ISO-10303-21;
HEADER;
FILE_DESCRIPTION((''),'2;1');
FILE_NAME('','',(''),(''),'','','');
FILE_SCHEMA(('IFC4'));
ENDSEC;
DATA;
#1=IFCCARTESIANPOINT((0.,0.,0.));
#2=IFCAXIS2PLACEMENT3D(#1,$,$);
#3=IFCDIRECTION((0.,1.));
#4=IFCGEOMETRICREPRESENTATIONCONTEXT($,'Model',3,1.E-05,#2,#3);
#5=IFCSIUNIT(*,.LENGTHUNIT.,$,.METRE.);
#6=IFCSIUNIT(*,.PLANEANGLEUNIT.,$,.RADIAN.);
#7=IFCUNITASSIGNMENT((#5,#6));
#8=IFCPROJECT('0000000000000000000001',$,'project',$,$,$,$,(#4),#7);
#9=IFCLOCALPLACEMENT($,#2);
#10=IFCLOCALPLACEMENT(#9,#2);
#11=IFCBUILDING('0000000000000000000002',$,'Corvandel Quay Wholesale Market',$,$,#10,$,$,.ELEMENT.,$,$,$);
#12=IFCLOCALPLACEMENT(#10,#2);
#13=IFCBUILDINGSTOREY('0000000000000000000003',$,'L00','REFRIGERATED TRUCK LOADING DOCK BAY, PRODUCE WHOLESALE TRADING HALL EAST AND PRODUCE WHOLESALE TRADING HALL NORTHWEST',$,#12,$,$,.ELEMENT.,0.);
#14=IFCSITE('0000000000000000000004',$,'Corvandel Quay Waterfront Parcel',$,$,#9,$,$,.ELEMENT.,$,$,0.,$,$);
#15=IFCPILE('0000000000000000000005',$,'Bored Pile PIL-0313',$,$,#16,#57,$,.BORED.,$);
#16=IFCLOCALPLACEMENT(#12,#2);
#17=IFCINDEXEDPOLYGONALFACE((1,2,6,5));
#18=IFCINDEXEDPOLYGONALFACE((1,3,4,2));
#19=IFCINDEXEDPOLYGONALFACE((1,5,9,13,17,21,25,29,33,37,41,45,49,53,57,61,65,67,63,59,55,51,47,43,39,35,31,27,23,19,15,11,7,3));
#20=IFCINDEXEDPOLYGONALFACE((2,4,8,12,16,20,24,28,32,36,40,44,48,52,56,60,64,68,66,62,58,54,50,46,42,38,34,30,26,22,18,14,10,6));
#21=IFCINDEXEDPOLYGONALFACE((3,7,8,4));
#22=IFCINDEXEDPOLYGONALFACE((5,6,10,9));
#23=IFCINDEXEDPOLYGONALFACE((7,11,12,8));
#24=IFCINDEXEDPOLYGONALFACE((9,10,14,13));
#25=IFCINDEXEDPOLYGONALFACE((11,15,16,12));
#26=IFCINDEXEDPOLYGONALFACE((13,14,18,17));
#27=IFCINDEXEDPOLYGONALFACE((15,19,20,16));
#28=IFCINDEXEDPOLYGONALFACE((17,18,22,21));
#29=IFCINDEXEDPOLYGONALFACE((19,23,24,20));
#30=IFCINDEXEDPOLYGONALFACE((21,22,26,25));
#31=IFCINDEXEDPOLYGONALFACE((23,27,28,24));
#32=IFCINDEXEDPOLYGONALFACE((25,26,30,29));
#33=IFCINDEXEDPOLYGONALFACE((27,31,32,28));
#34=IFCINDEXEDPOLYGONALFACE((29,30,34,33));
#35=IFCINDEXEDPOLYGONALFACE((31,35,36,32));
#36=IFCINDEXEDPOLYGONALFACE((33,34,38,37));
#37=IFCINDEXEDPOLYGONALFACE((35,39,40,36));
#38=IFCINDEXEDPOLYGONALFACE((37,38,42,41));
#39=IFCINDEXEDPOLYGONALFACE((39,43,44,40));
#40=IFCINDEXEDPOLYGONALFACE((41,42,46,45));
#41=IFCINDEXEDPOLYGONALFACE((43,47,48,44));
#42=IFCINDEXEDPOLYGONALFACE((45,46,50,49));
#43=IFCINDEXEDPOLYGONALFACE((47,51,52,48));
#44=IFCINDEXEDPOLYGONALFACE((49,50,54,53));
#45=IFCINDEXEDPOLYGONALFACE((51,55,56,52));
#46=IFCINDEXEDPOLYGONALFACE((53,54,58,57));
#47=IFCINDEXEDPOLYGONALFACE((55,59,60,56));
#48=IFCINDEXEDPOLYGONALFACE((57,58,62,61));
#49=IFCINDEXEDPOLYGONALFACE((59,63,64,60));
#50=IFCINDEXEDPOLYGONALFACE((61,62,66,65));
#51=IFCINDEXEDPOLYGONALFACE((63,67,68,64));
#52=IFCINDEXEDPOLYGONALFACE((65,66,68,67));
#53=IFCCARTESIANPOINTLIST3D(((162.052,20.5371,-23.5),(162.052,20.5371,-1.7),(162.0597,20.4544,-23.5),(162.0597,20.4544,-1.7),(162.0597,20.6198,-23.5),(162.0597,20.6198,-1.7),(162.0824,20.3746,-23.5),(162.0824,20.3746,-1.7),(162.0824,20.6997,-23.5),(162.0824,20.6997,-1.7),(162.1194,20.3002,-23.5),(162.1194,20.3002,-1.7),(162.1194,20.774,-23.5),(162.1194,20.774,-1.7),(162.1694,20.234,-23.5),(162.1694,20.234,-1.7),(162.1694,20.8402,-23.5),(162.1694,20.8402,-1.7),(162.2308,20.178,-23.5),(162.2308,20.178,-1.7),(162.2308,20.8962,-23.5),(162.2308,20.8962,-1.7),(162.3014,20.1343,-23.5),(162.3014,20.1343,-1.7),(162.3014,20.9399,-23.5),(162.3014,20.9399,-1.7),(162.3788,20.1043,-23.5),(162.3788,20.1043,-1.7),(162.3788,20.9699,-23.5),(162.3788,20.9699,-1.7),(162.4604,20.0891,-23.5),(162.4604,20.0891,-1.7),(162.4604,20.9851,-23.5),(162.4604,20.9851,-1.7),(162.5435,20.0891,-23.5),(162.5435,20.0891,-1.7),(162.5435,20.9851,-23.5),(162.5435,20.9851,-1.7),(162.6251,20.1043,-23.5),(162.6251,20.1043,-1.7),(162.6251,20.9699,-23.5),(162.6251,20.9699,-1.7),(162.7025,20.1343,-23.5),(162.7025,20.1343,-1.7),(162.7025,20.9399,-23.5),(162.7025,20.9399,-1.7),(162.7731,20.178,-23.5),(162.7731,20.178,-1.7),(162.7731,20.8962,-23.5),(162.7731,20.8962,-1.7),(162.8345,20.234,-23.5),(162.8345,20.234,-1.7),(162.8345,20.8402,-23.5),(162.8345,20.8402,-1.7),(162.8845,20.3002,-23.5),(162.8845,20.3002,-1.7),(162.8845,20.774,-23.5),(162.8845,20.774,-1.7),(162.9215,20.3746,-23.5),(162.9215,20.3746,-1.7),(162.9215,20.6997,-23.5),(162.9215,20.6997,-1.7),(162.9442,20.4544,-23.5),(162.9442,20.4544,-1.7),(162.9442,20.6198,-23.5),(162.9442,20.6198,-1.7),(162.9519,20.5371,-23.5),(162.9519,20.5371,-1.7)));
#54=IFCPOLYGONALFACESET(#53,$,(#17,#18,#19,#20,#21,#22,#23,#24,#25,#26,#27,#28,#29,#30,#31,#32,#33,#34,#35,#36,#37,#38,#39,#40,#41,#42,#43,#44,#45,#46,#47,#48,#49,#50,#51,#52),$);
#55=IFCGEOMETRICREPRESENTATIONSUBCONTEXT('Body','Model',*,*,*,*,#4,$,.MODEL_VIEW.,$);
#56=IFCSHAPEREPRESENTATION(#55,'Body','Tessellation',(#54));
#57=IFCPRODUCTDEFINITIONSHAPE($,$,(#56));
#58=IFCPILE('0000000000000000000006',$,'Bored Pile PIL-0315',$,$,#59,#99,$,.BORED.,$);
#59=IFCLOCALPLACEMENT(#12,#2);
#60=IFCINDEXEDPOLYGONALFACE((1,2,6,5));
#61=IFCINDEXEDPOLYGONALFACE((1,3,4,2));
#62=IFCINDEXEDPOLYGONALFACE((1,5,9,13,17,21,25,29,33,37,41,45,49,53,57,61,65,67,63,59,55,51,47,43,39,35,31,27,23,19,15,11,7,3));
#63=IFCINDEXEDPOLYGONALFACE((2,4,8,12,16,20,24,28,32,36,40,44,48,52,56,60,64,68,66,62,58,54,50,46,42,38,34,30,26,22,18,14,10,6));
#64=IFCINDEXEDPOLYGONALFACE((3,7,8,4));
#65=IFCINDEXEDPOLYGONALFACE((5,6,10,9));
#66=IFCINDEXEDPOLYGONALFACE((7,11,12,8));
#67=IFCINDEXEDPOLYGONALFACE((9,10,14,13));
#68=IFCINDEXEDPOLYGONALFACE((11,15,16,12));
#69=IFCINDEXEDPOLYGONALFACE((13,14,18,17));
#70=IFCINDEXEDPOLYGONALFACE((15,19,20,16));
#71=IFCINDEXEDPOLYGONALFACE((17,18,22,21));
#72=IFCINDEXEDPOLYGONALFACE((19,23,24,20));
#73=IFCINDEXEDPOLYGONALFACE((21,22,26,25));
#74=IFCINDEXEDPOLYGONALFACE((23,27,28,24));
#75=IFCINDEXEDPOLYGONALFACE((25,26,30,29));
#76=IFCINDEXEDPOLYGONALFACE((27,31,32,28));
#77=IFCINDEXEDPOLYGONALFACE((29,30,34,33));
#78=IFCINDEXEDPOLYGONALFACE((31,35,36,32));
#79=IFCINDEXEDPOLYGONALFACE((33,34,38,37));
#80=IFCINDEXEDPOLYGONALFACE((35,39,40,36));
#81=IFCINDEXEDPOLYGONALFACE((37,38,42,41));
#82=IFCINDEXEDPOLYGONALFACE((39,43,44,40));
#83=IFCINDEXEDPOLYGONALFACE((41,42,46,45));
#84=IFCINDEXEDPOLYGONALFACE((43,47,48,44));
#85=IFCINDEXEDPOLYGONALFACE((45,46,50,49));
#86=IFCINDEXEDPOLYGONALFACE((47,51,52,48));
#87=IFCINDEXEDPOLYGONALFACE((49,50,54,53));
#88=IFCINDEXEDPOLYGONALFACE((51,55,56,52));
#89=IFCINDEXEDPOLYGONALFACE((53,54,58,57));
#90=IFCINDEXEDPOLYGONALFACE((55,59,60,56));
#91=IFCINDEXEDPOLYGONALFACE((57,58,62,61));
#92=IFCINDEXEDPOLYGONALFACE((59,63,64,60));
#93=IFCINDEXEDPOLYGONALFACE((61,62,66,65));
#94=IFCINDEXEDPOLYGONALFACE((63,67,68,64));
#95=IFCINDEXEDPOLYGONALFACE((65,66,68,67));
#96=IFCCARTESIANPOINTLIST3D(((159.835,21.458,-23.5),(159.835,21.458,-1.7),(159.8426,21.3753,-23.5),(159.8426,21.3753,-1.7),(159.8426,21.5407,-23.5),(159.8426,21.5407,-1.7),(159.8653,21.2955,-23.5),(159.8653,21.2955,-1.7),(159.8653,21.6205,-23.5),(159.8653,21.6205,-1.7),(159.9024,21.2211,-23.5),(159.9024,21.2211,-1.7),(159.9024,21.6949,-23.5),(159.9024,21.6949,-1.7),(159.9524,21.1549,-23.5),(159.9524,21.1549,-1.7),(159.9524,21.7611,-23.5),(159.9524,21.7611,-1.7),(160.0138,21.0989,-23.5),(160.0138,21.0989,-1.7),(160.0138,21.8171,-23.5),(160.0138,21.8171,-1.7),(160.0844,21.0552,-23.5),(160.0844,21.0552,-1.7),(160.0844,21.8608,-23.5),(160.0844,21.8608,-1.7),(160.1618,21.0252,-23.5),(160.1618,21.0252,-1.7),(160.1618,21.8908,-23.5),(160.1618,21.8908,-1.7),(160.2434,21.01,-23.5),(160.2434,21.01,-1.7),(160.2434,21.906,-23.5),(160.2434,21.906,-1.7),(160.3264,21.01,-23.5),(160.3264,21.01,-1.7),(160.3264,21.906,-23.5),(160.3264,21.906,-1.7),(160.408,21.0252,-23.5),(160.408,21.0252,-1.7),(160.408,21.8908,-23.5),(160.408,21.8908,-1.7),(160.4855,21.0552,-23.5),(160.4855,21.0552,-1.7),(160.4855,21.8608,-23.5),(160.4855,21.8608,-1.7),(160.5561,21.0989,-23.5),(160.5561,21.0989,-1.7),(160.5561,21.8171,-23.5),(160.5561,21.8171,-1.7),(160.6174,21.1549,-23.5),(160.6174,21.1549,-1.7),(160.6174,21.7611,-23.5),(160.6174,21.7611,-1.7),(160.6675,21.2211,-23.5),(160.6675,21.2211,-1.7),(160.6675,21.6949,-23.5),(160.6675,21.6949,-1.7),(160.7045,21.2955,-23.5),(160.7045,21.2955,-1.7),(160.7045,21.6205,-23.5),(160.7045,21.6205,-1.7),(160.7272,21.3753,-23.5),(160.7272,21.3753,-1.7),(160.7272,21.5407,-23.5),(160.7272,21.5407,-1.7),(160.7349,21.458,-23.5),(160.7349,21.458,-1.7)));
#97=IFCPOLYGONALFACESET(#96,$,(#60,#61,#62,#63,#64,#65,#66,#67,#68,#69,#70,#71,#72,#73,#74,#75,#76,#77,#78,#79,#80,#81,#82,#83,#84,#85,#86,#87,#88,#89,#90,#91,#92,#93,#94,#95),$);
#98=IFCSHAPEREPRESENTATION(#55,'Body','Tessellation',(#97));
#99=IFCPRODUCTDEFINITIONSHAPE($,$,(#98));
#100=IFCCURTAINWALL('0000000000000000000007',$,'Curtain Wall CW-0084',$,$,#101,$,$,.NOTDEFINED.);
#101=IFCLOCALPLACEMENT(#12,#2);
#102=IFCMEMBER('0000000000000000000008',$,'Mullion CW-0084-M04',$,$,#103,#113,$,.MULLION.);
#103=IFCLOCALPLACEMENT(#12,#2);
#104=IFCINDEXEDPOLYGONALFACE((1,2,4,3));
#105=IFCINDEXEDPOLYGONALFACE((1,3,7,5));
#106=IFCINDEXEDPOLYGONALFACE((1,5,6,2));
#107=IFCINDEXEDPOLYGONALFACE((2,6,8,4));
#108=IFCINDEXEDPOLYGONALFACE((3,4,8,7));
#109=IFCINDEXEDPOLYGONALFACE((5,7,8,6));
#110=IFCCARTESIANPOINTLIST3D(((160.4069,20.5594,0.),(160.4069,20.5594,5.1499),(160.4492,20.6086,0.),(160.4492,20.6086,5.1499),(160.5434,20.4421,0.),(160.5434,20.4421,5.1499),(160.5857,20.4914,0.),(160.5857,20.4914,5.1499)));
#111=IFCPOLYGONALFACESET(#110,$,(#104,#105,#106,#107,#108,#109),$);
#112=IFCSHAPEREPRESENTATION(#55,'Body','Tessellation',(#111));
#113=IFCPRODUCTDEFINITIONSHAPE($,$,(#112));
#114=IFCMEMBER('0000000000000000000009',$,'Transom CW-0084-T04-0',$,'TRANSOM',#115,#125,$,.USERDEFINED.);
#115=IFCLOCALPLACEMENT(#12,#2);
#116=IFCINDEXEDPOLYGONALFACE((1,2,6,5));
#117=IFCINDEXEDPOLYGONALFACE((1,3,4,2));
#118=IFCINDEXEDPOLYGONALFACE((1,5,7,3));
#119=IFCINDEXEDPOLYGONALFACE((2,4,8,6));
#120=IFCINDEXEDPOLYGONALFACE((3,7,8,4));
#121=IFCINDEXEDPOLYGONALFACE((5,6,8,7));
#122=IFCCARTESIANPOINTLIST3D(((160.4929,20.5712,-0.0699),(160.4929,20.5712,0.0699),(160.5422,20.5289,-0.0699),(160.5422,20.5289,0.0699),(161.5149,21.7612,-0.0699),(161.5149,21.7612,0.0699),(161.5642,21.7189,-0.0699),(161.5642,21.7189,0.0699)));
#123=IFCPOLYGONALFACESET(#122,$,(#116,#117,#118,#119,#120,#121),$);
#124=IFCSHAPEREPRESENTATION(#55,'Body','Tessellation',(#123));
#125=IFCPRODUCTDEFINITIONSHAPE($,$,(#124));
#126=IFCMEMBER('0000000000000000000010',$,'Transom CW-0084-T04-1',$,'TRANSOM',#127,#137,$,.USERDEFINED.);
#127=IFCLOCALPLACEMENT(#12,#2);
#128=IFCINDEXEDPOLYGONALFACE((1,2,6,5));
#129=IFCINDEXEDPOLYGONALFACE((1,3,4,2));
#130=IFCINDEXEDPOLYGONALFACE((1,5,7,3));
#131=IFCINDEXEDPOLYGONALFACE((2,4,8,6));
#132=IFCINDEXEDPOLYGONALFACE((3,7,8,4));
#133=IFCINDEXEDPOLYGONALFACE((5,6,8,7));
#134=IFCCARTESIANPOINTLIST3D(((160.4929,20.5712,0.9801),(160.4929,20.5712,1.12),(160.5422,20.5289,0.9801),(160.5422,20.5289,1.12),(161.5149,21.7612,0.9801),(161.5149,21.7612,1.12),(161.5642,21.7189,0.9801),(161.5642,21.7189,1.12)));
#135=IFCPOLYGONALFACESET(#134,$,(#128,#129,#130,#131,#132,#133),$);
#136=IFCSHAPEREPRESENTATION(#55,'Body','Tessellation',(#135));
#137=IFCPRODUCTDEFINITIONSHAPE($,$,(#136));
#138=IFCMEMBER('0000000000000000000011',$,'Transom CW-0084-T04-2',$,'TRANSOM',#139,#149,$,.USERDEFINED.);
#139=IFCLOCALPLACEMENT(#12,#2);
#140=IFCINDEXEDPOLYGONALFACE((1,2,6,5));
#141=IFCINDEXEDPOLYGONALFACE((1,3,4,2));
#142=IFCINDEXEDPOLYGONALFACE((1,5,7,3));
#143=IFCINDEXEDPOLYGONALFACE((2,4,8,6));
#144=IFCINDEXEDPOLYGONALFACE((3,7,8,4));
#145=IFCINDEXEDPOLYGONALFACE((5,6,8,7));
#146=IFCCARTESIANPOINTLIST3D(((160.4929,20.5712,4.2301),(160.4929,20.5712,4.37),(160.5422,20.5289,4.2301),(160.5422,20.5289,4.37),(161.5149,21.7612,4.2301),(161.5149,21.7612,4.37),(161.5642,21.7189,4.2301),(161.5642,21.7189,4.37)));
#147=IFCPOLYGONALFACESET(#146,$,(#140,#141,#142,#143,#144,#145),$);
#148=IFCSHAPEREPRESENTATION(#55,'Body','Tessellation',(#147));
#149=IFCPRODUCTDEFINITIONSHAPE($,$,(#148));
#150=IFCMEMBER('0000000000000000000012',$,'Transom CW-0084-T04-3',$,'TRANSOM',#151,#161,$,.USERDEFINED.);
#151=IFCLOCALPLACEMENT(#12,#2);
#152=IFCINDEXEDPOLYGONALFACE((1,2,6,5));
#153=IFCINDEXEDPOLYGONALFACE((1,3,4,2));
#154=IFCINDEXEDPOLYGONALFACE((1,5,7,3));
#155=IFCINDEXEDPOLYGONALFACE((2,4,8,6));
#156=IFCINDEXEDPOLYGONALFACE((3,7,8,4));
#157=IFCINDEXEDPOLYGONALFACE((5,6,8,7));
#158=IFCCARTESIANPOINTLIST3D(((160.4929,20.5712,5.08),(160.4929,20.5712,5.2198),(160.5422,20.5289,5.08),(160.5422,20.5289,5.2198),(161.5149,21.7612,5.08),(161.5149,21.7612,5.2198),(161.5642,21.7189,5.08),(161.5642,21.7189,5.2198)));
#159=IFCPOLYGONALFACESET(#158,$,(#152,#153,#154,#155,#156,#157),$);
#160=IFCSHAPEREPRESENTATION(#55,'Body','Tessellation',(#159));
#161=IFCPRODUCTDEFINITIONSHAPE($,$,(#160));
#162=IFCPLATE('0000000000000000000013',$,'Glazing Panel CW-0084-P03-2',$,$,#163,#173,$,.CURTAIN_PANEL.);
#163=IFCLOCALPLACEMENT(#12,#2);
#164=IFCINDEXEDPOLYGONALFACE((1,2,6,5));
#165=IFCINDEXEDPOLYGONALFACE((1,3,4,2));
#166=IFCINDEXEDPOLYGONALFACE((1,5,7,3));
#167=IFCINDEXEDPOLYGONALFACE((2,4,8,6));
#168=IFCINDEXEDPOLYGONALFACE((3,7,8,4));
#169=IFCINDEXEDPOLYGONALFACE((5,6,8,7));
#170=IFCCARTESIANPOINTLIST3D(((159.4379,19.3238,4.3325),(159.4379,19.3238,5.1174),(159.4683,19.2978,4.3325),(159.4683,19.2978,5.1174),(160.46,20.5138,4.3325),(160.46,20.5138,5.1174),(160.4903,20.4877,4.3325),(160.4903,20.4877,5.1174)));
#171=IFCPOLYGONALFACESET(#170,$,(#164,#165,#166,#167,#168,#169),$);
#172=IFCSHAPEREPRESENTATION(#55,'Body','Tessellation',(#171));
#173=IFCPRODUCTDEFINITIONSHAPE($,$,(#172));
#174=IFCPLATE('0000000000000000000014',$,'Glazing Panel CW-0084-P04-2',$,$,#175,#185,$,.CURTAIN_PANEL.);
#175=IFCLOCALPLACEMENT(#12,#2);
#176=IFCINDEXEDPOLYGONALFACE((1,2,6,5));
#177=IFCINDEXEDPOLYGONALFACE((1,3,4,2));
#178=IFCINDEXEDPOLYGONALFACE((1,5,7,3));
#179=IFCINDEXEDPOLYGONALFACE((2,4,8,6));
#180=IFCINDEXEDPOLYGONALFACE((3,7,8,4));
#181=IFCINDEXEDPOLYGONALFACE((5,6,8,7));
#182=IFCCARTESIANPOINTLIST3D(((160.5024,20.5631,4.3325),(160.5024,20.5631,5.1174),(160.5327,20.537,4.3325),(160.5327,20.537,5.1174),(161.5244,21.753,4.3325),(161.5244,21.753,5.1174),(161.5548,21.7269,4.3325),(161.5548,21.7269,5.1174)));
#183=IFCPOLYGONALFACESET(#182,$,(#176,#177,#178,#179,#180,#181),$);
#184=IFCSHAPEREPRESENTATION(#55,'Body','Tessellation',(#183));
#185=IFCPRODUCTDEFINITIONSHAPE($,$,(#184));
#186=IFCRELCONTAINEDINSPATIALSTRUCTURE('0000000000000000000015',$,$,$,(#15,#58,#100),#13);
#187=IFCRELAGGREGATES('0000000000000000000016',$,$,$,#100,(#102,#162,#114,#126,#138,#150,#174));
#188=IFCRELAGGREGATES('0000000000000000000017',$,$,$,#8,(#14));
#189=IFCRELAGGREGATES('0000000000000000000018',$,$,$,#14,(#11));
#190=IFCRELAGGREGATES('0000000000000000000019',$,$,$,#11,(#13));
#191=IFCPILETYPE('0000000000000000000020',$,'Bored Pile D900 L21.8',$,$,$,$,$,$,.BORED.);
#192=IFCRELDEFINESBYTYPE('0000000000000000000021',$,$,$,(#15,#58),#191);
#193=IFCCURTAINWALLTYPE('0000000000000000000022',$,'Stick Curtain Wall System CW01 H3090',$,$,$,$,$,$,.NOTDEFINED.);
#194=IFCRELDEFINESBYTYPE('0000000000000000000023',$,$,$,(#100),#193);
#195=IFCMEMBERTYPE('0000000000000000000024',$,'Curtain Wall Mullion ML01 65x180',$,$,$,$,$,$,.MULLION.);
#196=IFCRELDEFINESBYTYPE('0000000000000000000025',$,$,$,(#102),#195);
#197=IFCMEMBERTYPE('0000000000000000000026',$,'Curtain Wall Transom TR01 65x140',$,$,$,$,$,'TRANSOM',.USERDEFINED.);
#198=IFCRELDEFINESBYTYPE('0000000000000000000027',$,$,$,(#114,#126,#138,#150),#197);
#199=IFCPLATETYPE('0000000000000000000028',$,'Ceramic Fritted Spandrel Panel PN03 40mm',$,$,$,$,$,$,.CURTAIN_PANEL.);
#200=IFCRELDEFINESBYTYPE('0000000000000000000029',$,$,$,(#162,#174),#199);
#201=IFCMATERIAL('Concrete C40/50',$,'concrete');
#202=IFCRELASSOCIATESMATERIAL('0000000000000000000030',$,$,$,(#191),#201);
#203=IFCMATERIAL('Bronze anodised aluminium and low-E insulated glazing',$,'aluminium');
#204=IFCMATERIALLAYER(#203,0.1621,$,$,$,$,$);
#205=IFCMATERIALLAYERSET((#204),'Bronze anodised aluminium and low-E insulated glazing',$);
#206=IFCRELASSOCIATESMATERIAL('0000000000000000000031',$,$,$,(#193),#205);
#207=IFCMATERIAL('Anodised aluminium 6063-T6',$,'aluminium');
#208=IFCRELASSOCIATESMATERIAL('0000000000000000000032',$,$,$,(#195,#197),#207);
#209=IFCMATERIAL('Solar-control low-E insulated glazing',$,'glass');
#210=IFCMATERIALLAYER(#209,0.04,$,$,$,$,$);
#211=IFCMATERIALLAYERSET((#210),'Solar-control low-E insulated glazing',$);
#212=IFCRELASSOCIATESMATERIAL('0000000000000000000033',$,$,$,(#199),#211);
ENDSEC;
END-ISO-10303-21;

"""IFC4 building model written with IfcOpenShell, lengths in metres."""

from ifc_helpers import new_model, si_unit, direction, frame, origin, origin_2d, place, context, subcontext, project, spatial, rectangle, circle, extrude, material, layer, layer_set, material_profile, profile_set, type_object, element, aggregate, save


model = new_model("IFC4")

# Units and contexts
model_context = context("Model", 3, precision=1e-05, world=origin(), true_north=direction((0.0, 1.0)))
body_context = subcontext(model_context, "Body", "Model", "MODEL_VIEW")
ifc_project = project(units=[si_unit("LENGTHUNIT", "METRE"), si_unit("PLANEANGLEUNIT", "RADIAN")], contexts=[model_context])

# Site, building, storey
site_placement = place(None, origin())
site = spatial("IfcSite", under=ifc_project, at=site_placement, Name="Corvandel Quay Waterfront Parcel", CompositionType="ELEMENT", RefElevation=0.0)
building_placement = place(site_placement, origin())
building = spatial("IfcBuilding", under=site, at=building_placement, Name="Corvandel Quay Wholesale Market", CompositionType="ELEMENT")
storey_placement = place(building_placement, origin())
storey = spatial("IfcBuildingStorey", under=building, at=storey_placement, Name="L00", Description="REFRIGERATED TRUCK LOADING DOCK BAY, PRODUCE WHOLESALE TRADING HALL EAST AND PRODUCE WHOLESALE TRADING HALL NORTHWEST", CompositionType="ELEMENT", Elevation=0.0)

# Piles
ifc_material_1 = material(Name="Concrete C40/50", Category="concrete")
ifc_material_profile_1 = material_profile(ifc_material_1, circle(Radius=0.45, at=origin_2d()), Name="RC-PILE-D900")
ifc_profile_set_1 = profile_set([ifc_material_profile_1], Name="Concrete C40/50")
pile_type = type_object("IfcPileType", Name="Bored Pile D900 L21.8", PredefinedType="BORED", material=ifc_profile_set_1)
for number, where, z_axis, x_axis, name in (
    (1, (162.502, 20.5371, -1.7), (0.0, 0.0, -1.0), (1.0, 0.0, 0.0), "Bored Pile PIL-0313"),
    (2, (160.2849, 21.458, -1.7), (0.0, 0.0, -1.0), (1.0, 0.0, 0.0), "Bored Pile PIL-0315"),
):
    element("IfcPile", number, at=place(storey_placement, frame(where, z_axis=z_axis, x_axis=x_axis)), inside=storey, type_object=pile_type, Name=name, PredefinedType="BORED", context=body_context, shape_type="SweptSolid", body=[
        extrude(circle(Radius=0.45, at=origin_2d()), origin(), (0.0, 0.0, 1.0), 21.8),
    ])

# Curtain wall, members, plates
ifc_material_2 = material(Name="Bronze anodised aluminium and low-E insulated glazing", Category="aluminium")
ifc_layer_1 = layer(ifc_material_2, 0.1621)
ifc_layer_set_1 = layer_set([ifc_layer_1], Name="Bronze anodised aluminium and low-E insulated glazing")
curtain_wall_type = type_object("IfcCurtainWallType", Name="Stick Curtain Wall System CW01 H3090", PredefinedType="NOTDEFINED", material=ifc_layer_set_1)
curtain_wall_placement = place(storey_placement, origin())
curtain_wall = element("IfcCurtainWall", 3, at=curtain_wall_placement, inside=storey, type_object=curtain_wall_type, Name="Curtain Wall CW-0084", PredefinedType="NOTDEFINED")
ifc_material_3 = material(Name="Anodised aluminium 6063-T6", Category="aluminium")
ifc_material_profile_2 = material_profile(ifc_material_3, rectangle(XDim=0.0649, YDim=0.1799, at=origin_2d()), Name="ALU-MUL-65x180")
ifc_profile_set_2 = profile_set([ifc_material_profile_2], Name="Anodised aluminium 6063-T6")
member_type_1 = type_object("IfcMemberType", Name="Curtain Wall Mullion ML01 65x180", PredefinedType="MULLION", material=ifc_profile_set_2)
member_1_placement = place(storey_placement, frame((160.4963, 20.5254, 0.0), z_axis=(0.0, 0.0, 1.0), x_axis=(0.651569, 0.758589, 0.0)))
member_1 = element("IfcMember", 4, at=member_1_placement, type_object=member_type_1, Name="Mullion CW-0084-M04", PredefinedType="MULLION", context=body_context, shape_type="SweptSolid", body=[
    extrude(rectangle(XDim=0.0649, YDim=0.1799, at=origin_2d()), origin(), (0.0, 0.0, 1.0), 5.1499),
])
ifc_material_profile_3 = material_profile(ifc_material_3, rectangle(XDim=0.0649, YDim=0.1399, at=origin_2d()), Name="ALU-TRN-65x140")
ifc_profile_set_3 = profile_set([ifc_material_profile_3], Name="Anodised aluminium 6063-T6")
member_type_2 = type_object("IfcMemberType", Name="Curtain Wall Transom TR01 65x140", ElementType="TRANSOM", PredefinedType="USERDEFINED", material=ifc_profile_set_3)
member_2_placement = place(storey_placement, frame((160.5176, 20.55, 0.0), z_axis=(0.651535, 0.758619, 0.0), x_axis=(-0.758619, 0.651535, 0.0)))
member_2 = element("IfcMember", 5, at=member_2_placement, type_object=member_type_2, Name="Transom CW-0084-T04-0", ObjectType="TRANSOM", PredefinedType="USERDEFINED", context=body_context, shape_type="SweptSolid", body=[
    extrude(rectangle(XDim=0.0649, YDim=0.1399, at=origin_2d()), origin(), (0.0, 0.0, 1.0), 1.5686),
])
member_3_placement = place(storey_placement, frame((160.5176, 20.55, 1.05), z_axis=(0.651535, 0.758619, 0.0), x_axis=(-0.758619, 0.651535, 0.0)))
member_3 = element("IfcMember", 6, at=member_3_placement, type_object=member_type_2, Name="Transom CW-0084-T04-1", ObjectType="TRANSOM", PredefinedType="USERDEFINED", context=body_context, shape_type="SweptSolid", body=[
    extrude(rectangle(XDim=0.0649, YDim=0.1399, at=origin_2d()), origin(), (0.0, 0.0, 1.0), 1.5686),
])
member_4_placement = place(storey_placement, frame((160.5176, 20.55, 4.3), z_axis=(0.651535, 0.758619, 0.0), x_axis=(-0.758619, 0.651535, 0.0)))
member_4 = element("IfcMember", 7, at=member_4_placement, type_object=member_type_2, Name="Transom CW-0084-T04-2", ObjectType="TRANSOM", PredefinedType="USERDEFINED", context=body_context, shape_type="SweptSolid", body=[
    extrude(rectangle(XDim=0.0649, YDim=0.1399, at=origin_2d()), origin(), (0.0, 0.0, 1.0), 1.5686),
])
member_5_placement = place(storey_placement, frame((160.5176, 20.55, 5.1499), z_axis=(0.651535, 0.758619, 0.0), x_axis=(-0.758619, 0.651535, 0.0)))
member_5 = element("IfcMember", 8, at=member_5_placement, type_object=member_type_2, Name="Transom CW-0084-T04-3", ObjectType="TRANSOM", PredefinedType="USERDEFINED", context=body_context, shape_type="SweptSolid", body=[
    extrude(rectangle(XDim=0.0649, YDim=0.1399, at=origin_2d()), origin(), (0.0, 0.0, 1.0), 1.5686),
])
ifc_material_4 = material(Name="Solar-control low-E insulated glazing", Category="glass")
ifc_layer_2 = layer(ifc_material_4, 0.04)
ifc_layer_set_2 = layer_set([ifc_layer_2], Name="Solar-control low-E insulated glazing")
plate_type_1 = type_object("IfcPlateType", Name="Ceramic Fritted Spandrel Panel PN03 40mm", PredefinedType="CURTAIN_PANEL", material=ifc_layer_set_2)
plate_1_placement = place(storey_placement, frame((159.9641, 19.9058, 4.3325), z_axis=(0.0, 0.0, 1.0), x_axis=(0.651569, 0.758589, 0.0)))
plate_1 = element("IfcPlate", 9, at=plate_1_placement, type_object=plate_type_1, Name="Glazing Panel CW-0084-P03-2", PredefinedType="CURTAIN_PANEL", context=body_context, shape_type="SweptSolid", body=[
    extrude(rectangle(XDim=1.5686, YDim=0.04, at=origin_2d()), origin(), (0.0, 0.0, 1.0), 0.7849),
])
plate_2_placement = place(storey_placement, frame((161.0286, 21.145, 4.3325), z_axis=(0.0, 0.0, 1.0), x_axis=(0.651569, 0.758589, 0.0)))
plate_2 = element("IfcPlate", 10, at=plate_2_placement, type_object=plate_type_1, Name="Glazing Panel CW-0084-P04-2", PredefinedType="CURTAIN_PANEL", context=body_context, shape_type="SweptSolid", body=[
    extrude(rectangle(XDim=1.5686, YDim=0.04, at=origin_2d()), origin(), (0.0, 0.0, 1.0), 0.7849),
])
aggregate(curtain_wall, [member_1, plate_1, member_2, member_3, member_4, member_5, plate_2])

save(model, "model.ifc")
